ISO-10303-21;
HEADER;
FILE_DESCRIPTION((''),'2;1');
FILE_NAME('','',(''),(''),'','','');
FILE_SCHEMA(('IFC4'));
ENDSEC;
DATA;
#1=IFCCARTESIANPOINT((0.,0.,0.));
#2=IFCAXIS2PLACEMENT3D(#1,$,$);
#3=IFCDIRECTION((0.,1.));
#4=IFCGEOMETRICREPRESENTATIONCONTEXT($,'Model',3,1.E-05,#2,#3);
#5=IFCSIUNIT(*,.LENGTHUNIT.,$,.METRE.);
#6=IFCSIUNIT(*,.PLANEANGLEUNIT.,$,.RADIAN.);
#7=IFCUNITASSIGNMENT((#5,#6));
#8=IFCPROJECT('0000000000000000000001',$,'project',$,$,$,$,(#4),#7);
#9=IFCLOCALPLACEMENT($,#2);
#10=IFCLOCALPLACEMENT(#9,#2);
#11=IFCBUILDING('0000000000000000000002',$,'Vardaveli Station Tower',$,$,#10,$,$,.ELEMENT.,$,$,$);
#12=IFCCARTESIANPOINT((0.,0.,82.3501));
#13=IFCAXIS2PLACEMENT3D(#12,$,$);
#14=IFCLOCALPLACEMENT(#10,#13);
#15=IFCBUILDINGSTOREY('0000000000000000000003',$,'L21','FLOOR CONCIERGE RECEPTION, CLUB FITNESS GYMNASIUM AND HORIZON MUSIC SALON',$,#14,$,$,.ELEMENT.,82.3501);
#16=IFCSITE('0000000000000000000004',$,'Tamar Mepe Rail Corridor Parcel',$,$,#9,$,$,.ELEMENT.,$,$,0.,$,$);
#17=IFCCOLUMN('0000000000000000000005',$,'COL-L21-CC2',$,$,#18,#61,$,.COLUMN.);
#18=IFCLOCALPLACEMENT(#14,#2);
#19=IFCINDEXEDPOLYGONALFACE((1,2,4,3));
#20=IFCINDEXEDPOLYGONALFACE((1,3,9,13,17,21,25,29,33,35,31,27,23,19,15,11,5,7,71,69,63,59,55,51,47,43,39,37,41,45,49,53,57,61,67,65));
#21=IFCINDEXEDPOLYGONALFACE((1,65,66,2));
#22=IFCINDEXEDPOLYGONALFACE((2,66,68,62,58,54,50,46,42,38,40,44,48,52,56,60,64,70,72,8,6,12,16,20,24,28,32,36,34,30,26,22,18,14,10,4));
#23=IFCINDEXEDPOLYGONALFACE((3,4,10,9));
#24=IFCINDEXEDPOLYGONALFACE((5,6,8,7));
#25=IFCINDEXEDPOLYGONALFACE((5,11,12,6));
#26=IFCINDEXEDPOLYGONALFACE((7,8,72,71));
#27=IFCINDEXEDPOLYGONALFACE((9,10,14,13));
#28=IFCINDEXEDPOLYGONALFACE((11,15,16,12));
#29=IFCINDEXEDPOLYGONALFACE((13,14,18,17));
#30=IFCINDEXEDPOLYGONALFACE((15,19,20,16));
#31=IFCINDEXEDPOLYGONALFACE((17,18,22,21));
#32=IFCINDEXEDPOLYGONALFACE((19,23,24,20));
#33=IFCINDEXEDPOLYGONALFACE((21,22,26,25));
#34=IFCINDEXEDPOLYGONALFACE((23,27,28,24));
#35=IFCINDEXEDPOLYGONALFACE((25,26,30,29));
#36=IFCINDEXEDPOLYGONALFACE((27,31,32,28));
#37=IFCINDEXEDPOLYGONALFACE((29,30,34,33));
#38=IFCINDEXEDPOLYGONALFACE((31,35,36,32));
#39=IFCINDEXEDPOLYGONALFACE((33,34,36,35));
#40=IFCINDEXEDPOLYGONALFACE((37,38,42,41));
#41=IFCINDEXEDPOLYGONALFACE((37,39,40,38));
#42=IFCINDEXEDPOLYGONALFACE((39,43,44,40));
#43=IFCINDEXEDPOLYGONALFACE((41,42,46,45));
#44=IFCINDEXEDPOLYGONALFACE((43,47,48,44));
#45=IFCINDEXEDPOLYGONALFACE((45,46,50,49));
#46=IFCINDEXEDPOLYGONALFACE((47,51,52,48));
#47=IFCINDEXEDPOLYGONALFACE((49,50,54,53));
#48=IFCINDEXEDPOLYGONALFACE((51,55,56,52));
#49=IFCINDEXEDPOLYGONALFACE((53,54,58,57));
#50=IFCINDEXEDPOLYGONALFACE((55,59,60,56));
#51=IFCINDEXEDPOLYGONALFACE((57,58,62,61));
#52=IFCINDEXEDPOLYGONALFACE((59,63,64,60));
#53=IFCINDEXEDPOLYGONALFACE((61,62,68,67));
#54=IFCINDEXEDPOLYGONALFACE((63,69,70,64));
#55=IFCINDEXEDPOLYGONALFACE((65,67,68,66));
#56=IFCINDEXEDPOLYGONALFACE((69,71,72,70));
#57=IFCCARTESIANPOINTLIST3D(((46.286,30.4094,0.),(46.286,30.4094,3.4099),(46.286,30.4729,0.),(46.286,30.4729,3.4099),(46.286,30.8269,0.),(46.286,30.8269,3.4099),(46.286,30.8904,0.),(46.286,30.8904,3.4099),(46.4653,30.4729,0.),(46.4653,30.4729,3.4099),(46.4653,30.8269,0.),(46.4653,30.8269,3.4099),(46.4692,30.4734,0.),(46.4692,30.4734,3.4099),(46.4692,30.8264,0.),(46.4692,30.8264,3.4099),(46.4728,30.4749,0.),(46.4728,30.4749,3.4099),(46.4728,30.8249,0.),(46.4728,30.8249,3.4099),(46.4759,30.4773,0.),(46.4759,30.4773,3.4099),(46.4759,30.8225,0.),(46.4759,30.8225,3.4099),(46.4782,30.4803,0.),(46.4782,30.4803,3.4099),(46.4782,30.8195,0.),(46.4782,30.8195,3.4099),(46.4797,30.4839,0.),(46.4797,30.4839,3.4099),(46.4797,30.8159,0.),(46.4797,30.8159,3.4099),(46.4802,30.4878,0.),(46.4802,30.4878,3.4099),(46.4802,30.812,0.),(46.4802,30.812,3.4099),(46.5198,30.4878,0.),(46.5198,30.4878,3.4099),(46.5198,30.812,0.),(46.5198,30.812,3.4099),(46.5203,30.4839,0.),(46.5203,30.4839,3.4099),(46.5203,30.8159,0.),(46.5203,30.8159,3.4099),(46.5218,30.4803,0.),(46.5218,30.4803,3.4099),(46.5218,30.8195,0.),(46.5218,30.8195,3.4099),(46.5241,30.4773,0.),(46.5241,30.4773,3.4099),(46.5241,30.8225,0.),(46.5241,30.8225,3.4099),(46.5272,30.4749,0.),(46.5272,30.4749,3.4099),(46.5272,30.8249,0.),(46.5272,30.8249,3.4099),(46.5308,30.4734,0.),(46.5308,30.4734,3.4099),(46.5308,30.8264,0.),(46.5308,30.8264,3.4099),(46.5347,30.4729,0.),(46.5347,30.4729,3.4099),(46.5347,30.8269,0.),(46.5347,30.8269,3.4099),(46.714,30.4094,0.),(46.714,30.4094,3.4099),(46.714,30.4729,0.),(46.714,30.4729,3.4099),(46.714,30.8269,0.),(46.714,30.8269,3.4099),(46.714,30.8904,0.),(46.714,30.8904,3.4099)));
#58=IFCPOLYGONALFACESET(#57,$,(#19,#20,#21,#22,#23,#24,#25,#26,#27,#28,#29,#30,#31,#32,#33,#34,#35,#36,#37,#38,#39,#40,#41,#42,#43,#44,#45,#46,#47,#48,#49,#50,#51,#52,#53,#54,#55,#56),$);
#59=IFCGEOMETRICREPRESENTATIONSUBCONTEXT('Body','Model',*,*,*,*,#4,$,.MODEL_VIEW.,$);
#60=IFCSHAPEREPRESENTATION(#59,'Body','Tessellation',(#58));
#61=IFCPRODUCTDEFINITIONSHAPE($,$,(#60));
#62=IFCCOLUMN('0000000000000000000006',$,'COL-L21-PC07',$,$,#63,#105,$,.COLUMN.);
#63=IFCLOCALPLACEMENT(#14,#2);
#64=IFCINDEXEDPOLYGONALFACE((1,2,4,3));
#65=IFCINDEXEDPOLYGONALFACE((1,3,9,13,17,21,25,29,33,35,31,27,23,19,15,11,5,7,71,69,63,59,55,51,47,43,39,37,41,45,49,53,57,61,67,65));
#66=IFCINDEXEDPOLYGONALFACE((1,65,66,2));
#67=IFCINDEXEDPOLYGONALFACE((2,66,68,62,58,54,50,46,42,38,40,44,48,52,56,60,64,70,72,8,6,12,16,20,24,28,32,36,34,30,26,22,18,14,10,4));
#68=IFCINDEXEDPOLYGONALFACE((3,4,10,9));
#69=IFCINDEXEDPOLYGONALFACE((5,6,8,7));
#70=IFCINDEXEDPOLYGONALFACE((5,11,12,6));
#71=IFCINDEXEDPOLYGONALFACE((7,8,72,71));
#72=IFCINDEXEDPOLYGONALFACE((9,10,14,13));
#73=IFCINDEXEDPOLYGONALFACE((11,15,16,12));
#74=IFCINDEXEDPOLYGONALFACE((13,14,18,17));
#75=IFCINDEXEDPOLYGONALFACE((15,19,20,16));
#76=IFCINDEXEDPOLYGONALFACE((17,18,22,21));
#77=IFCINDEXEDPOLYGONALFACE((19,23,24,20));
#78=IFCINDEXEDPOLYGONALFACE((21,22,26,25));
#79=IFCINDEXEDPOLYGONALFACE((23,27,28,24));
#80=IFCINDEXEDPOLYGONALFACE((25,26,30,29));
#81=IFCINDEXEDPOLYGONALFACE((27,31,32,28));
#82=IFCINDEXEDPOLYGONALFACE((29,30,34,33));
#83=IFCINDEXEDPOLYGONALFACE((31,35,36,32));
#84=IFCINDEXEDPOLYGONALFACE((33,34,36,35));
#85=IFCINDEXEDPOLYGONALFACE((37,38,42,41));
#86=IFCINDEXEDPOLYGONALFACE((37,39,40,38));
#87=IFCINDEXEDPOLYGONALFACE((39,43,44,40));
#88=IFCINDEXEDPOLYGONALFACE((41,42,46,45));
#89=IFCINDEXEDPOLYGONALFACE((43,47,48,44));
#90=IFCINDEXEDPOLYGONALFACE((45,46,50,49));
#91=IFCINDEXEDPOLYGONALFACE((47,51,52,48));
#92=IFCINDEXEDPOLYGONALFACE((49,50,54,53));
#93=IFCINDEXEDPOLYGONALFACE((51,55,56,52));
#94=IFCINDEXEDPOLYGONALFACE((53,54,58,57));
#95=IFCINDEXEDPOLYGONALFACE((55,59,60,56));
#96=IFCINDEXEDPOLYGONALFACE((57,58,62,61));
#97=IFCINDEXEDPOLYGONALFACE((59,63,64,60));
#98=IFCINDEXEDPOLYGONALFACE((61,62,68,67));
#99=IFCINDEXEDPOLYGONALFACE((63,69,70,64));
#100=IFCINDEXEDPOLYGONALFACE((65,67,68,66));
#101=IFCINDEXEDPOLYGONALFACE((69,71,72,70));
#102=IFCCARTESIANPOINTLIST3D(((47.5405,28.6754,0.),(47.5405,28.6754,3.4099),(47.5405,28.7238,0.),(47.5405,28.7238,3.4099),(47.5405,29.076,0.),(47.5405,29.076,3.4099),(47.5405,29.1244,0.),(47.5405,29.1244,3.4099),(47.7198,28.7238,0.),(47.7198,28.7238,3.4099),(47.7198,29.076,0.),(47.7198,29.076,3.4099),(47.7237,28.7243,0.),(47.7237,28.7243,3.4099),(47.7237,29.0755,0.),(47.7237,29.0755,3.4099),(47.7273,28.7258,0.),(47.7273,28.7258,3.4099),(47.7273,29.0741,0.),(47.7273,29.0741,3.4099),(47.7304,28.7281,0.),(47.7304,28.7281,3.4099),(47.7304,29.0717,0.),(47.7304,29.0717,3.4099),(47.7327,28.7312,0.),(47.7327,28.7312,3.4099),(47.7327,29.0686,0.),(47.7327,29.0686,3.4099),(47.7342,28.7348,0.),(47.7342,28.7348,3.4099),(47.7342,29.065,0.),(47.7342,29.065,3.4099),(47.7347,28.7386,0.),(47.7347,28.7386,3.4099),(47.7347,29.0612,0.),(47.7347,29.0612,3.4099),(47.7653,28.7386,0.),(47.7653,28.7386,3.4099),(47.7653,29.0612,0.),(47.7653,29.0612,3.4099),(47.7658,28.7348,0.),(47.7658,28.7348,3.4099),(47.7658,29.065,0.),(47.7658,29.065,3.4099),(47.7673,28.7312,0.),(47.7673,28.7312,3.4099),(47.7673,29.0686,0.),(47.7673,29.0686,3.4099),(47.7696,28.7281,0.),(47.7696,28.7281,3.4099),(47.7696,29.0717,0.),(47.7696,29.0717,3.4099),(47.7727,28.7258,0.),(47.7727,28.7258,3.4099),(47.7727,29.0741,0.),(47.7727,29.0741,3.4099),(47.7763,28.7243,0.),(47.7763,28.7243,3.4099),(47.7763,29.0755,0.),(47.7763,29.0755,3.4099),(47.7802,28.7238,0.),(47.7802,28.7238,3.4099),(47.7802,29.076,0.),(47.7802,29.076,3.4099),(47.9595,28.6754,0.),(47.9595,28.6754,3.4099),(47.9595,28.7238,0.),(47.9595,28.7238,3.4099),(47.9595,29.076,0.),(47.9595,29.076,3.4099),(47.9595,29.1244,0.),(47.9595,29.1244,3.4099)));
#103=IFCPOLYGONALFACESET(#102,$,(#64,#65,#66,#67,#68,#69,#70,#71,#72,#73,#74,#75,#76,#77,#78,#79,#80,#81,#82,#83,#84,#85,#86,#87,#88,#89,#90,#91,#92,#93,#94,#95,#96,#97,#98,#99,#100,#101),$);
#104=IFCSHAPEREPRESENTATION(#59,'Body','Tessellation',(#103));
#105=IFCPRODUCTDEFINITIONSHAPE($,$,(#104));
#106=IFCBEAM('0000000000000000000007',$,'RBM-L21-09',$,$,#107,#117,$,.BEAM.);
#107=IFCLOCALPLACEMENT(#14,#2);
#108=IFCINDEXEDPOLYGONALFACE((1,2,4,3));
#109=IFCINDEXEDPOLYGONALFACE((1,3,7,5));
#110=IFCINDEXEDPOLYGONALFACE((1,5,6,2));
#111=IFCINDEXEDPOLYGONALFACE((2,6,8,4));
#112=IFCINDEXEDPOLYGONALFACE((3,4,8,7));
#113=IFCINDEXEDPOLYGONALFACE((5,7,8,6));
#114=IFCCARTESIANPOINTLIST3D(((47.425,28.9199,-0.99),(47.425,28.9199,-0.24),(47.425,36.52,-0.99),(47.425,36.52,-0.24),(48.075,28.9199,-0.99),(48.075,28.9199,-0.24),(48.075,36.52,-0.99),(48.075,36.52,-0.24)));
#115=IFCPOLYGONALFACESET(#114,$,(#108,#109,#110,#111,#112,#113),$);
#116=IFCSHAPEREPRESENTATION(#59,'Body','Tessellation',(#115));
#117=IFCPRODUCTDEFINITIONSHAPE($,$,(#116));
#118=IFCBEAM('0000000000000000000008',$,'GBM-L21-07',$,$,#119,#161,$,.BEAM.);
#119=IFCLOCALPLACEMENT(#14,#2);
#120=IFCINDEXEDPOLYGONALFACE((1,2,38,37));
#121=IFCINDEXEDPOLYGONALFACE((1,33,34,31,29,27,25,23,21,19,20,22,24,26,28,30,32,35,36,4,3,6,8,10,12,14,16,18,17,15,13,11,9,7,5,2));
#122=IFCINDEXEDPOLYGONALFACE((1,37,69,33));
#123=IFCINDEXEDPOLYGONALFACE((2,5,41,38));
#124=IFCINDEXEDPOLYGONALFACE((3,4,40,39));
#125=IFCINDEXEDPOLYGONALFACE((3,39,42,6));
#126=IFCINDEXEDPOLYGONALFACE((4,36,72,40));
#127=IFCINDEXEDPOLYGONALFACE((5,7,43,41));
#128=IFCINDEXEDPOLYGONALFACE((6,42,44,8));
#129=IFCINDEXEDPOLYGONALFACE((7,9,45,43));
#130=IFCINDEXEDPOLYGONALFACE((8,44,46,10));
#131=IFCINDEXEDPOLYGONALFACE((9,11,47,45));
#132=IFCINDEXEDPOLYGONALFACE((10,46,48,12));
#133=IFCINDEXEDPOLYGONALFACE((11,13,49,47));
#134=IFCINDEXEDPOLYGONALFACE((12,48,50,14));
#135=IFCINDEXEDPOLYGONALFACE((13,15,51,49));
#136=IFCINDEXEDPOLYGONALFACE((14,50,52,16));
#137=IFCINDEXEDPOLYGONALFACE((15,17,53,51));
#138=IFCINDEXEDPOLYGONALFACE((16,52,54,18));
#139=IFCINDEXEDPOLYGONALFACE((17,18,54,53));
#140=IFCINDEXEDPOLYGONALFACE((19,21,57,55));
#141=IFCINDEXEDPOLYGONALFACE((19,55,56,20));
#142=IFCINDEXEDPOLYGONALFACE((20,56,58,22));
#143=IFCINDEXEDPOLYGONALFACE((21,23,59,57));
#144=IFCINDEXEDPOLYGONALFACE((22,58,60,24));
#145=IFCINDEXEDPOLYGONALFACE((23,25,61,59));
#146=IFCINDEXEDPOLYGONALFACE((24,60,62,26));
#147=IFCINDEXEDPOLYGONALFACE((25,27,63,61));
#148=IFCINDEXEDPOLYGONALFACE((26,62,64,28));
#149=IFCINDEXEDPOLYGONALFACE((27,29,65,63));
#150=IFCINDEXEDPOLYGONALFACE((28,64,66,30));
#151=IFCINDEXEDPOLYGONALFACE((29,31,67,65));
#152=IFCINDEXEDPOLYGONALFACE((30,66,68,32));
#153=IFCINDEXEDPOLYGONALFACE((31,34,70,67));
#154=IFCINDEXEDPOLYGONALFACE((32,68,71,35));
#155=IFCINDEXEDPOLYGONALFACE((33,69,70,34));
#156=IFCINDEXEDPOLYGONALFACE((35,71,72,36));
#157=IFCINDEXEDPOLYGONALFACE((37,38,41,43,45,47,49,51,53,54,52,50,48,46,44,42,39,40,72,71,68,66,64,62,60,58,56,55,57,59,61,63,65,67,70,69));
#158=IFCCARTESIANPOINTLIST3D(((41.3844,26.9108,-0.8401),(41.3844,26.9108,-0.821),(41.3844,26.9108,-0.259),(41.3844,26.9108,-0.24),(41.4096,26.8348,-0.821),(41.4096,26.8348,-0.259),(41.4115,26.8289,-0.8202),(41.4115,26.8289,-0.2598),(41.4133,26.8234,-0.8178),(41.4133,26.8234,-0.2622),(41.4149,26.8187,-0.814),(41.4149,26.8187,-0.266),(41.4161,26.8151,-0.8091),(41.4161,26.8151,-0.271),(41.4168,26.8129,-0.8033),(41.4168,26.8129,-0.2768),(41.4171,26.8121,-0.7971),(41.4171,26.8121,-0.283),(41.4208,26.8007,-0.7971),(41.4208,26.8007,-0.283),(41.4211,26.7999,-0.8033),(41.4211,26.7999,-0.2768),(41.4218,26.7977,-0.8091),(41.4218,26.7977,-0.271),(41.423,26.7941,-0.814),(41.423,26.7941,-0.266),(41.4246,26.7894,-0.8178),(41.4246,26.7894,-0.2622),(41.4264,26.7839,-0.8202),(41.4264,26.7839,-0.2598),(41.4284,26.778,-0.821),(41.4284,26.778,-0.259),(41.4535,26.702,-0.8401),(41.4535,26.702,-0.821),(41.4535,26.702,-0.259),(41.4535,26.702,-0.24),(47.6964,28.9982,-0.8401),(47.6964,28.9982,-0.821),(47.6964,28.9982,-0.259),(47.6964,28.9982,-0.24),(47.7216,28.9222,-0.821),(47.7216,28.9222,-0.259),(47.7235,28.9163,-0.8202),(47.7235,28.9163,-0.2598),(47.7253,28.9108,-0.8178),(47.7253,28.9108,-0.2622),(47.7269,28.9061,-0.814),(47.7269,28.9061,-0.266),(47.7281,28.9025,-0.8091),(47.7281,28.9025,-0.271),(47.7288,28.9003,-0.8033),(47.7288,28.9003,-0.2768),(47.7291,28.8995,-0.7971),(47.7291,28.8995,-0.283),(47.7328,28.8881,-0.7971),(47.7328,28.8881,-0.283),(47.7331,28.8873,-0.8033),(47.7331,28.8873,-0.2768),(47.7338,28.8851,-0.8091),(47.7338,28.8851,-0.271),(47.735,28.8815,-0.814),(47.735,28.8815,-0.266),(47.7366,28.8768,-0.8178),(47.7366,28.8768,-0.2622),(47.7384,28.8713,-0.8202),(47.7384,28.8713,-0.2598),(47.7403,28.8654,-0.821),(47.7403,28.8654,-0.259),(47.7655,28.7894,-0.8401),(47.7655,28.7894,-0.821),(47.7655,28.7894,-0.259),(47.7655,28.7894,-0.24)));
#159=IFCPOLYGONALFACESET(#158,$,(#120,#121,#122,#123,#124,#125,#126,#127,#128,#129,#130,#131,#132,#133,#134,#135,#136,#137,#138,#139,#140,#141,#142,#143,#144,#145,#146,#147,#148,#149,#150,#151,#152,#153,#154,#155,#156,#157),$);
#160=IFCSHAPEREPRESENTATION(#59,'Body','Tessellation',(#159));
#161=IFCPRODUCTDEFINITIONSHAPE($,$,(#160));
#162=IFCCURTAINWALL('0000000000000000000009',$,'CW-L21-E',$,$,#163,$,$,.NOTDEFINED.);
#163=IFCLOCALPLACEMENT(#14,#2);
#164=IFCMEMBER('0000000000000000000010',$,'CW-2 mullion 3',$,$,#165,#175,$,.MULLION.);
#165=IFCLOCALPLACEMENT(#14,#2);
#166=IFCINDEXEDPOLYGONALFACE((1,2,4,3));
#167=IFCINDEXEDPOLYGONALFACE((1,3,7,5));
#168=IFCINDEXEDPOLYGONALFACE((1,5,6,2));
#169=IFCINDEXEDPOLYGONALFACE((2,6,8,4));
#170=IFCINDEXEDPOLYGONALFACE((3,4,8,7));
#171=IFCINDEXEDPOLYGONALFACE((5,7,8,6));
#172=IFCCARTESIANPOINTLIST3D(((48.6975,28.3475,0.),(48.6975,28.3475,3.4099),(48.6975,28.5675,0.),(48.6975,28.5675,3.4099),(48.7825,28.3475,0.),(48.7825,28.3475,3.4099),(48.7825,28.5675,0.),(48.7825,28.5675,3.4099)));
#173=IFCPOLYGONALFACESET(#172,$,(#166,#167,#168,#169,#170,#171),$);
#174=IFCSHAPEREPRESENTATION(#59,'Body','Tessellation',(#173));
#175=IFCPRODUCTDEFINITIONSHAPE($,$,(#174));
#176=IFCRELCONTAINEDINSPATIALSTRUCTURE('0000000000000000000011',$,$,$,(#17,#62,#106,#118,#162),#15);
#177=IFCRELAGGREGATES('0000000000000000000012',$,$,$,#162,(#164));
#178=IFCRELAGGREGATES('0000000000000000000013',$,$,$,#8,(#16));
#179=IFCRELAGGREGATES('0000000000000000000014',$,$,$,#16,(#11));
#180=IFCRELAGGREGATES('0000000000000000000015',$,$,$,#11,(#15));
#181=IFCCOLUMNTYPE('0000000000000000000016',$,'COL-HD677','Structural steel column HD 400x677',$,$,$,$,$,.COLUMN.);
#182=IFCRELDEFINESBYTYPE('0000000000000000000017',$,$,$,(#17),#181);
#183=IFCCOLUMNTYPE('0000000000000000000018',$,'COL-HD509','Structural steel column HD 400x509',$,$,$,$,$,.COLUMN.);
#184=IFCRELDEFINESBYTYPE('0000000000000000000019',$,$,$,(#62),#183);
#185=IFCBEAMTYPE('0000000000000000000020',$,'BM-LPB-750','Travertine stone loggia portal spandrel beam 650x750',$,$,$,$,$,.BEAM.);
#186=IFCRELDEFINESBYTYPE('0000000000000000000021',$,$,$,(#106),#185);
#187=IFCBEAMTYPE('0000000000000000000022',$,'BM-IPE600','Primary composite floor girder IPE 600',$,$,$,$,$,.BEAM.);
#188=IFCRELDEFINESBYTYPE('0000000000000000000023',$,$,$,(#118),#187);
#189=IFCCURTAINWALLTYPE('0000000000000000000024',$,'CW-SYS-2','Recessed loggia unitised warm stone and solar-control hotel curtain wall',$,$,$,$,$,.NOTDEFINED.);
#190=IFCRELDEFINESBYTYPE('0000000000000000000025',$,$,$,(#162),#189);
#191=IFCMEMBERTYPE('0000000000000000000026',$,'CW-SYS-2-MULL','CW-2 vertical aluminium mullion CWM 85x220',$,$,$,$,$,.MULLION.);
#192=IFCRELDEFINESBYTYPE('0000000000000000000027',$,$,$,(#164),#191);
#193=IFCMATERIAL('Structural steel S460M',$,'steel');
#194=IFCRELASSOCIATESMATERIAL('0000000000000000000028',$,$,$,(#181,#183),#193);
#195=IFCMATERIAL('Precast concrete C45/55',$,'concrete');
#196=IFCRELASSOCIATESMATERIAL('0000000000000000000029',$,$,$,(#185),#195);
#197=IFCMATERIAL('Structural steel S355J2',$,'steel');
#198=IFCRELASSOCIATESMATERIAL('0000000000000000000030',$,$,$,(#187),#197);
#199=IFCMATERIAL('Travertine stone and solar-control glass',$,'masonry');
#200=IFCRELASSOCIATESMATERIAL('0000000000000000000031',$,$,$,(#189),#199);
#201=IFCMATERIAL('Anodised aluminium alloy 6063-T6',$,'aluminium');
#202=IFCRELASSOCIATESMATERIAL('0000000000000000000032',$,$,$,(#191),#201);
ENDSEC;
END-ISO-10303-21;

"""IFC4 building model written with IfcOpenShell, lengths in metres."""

from ifc_helpers import new_model, si_unit, direction, frame, origin, origin_2d, place, context, subcontext, project, spatial, rectangle, i_section, extrude, source, transform, mapped, material, material_profile, profile_set, type_object, element, aggregate, save


model = new_model("IFC4")

# Units and contexts
model_context = context("Model", 3, precision=1e-05, world=origin(), true_north=direction((0.0, 1.0)))
body_context = subcontext(model_context, "Body", "Model", "MODEL_VIEW")
ifc_project = project(units=[si_unit("LENGTHUNIT", "METRE"), si_unit("PLANEANGLEUNIT", "RADIAN")], contexts=[model_context])

# Site, building, storey
site_placement = place(None, origin())
site = spatial("IfcSite", under=ifc_project, at=site_placement, Name="Tamar Mepe Rail Corridor Parcel", CompositionType="ELEMENT", RefElevation=0.0)
building_placement = place(site_placement, origin())
building = spatial("IfcBuilding", under=site, at=building_placement, Name="Vardaveli Station Tower", CompositionType="ELEMENT")
storey_placement = place(building_placement, frame((0.0, 0.0, 82.3501)))
storey = spatial("IfcBuildingStorey", under=building, at=storey_placement, Name="L21", Description="FLOOR CONCIERGE RECEPTION, CLUB FITNESS GYMNASIUM AND HORIZON MUSIC SALON", CompositionType="ELEMENT", Elevation=82.3501)

# Columns
ifc_material_1 = material(Name="Structural steel S460M", Category="steel")
ifc_material_profile_1 = material_profile(ifc_material_1, i_section(OverallWidth=0.428, OverallDepth=0.481, WebThickness=0.0396, FlangeThickness=0.0635, FilletRadius=0.0149, at=origin_2d()), Name="HD 400x677")
ifc_profile_set_1 = profile_set([ifc_material_profile_1], Name="Structural steel S460M")
column_type_1 = type_object("IfcColumnType", Name="COL-HD677", Description="Structural steel column HD 400x677", PredefinedType="COLUMN", material=ifc_profile_set_1)
shared_shape_1 = source(origin(), body_context, "Body", "SweptSolid", [
    extrude(i_section(OverallWidth=0.428, OverallDepth=0.481, WebThickness=0.0396, FlangeThickness=0.0635, FilletRadius=0.0149, at=origin_2d()), origin(), (0.0, 0.0, 1.0), 3.4099),
])
column_1_placement = place(storey_placement, frame((46.5, 30.6499, 0.0), z_axis=(0.0, 0.0, 1.0), x_axis=(1.0, 0.0, 0.0)))
element("IfcColumn", 1, at=column_1_placement, inside=storey, type_object=column_type_1, Name="COL-L21-CC2", PredefinedType="COLUMN", context=body_context, shape_type="MappedRepresentation", body=[
    mapped(shared_shape_1, transform((0.0, 0.0, 0.0), scale=1.0)),
])
ifc_material_profile_2 = material_profile(ifc_material_1, i_section(OverallWidth=0.4189, OverallDepth=0.449, WebThickness=0.0305, FlangeThickness=0.0483, FilletRadius=0.0149, at=origin_2d()), Name="HD 400x509")
ifc_profile_set_2 = profile_set([ifc_material_profile_2], Name="Structural steel S460M")
column_type_2 = type_object("IfcColumnType", Name="COL-HD509", Description="Structural steel column HD 400x509", PredefinedType="COLUMN", material=ifc_profile_set_2)
shared_shape_2 = source(origin(), body_context, "Body", "SweptSolid", [
    extrude(i_section(OverallWidth=0.4189, OverallDepth=0.449, WebThickness=0.0305, FlangeThickness=0.0483, FilletRadius=0.0149, at=origin_2d()), origin(), (0.0, 0.0, 1.0), 3.4099),
])
column_2_placement = place(storey_placement, frame((47.75, 28.8999, 0.0), z_axis=(0.0, 0.0, 1.0), x_axis=(1.0, 0.0, 0.0)))
element("IfcColumn", 2, at=column_2_placement, inside=storey, type_object=column_type_2, Name="COL-L21-PC07", PredefinedType="COLUMN", context=body_context, shape_type="MappedRepresentation", body=[
    mapped(shared_shape_2, transform((0.0, 0.0, 0.0), scale=1.0)),
])

# Beams
ifc_material_2 = material(Name="Precast concrete C45/55", Category="concrete")
ifc_material_profile_3 = material_profile(ifc_material_2, rectangle(XDim=0.6499, YDim=0.75, at=origin_2d()), Name="LPB 650x750")
ifc_profile_set_3 = profile_set([ifc_material_profile_3], Name="Precast concrete C45/55")
beam_type_1 = type_object("IfcBeamType", Name="BM-LPB-750", Description="Travertine stone loggia portal spandrel beam 650x750", PredefinedType="BEAM", material=ifc_profile_set_3)
shared_shape_3 = source(origin(), body_context, "Body", "SweptSolid", [
    extrude(rectangle(XDim=0.6499, YDim=0.75, at=origin_2d()), origin(), (0.0, 0.0, 1.0), 7.6001),
])
beam_1_placement = place(storey_placement, frame((47.75, 28.9199, -0.615), z_axis=(0.0, 1.0, 0.0), x_axis=(-1.0, 0.0, 0.0)))
element("IfcBeam", 3, at=beam_1_placement, inside=storey, type_object=beam_type_1, Name="RBM-L21-09", PredefinedType="BEAM", context=body_context, shape_type="MappedRepresentation", body=[
    mapped(shared_shape_3, transform((0.0, 0.0, 0.0), scale=1.0)),
])
ifc_material_3 = material(Name="Structural steel S355J2", Category="steel")
ifc_material_profile_4 = material_profile(ifc_material_3, i_section(OverallWidth=0.22, OverallDepth=0.6001, WebThickness=0.012, FlangeThickness=0.019, FilletRadius=0.0239, at=origin_2d()), Name="IPE 600")
ifc_profile_set_4 = profile_set([ifc_material_profile_4], Name="Structural steel S355J2")
beam_type_2 = type_object("IfcBeamType", Name="BM-IPE600", Description="Primary composite floor girder IPE 600", PredefinedType="BEAM", material=ifc_profile_set_4)
shared_shape_4 = source(origin(), body_context, "Body", "SweptSolid", [
    extrude(i_section(OverallWidth=0.22, OverallDepth=0.6001, WebThickness=0.012, FlangeThickness=0.019, FilletRadius=0.0239, at=origin_2d()), origin(), (0.0, 0.0, 1.0), 6.6482),
])
beam_2_placement = place(storey_placement, frame((47.731, 28.8938, -0.54), z_axis=(-0.94943, -0.313979, 0.0), x_axis=(0.313979, -0.94943, 0.0)))
element("IfcBeam", 4, at=beam_2_placement, inside=storey, type_object=beam_type_2, Name="GBM-L21-07", PredefinedType="BEAM", context=body_context, shape_type="MappedRepresentation", body=[
    mapped(shared_shape_4, transform((0.0, 0.0, 0.0), scale=1.0)),
])

# Curtain wall, member
ifc_material_4 = material(Name="Travertine stone and solar-control glass", Category="masonry")
curtain_wall_type = type_object("IfcCurtainWallType", Name="CW-SYS-2", Description="Recessed loggia unitised warm stone and solar-control hotel curtain wall", PredefinedType="NOTDEFINED", material=ifc_material_4)
curtain_wall_placement = place(storey_placement, origin())
curtain_wall = element("IfcCurtainWall", 5, at=curtain_wall_placement, inside=storey, type_object=curtain_wall_type, Name="CW-L21-E", PredefinedType="NOTDEFINED")
ifc_material_5 = material(Name="Anodised aluminium alloy 6063-T6", Category="aluminium")
ifc_material_profile_5 = material_profile(ifc_material_5, rectangle(XDim=0.085, YDim=0.22, at=origin_2d()), Name="CWM 85x220")
ifc_profile_set_5 = profile_set([ifc_material_profile_5], Name="Anodised aluminium alloy 6063-T6")
member_type = type_object("IfcMemberType", Name="CW-SYS-2-MULL", Description="CW-2 vertical aluminium mullion CWM 85x220", PredefinedType="MULLION", material=ifc_profile_set_5)
shared_shape_5 = source(origin(), body_context, "Body", "SweptSolid", [
    extrude(rectangle(XDim=0.085, YDim=0.22, at=origin_2d()), origin(), (0.0, 0.0, 1.0), 3.4099),
])
member_placement = place(storey_placement, frame((48.74, 28.4575, 0.0), z_axis=(0.0, 0.0, 1.0), x_axis=(-1.0, 0.0, 0.0)))
member = element("IfcMember", 6, at=member_placement, type_object=member_type, Name="CW-2 mullion 3", PredefinedType="MULLION", context=body_context, shape_type="MappedRepresentation", body=[
    mapped(shared_shape_5, transform((0.0, 0.0, 0.0), scale=1.0)),
])
aggregate(curtain_wall, [member])

save(model, "model.ifc")
